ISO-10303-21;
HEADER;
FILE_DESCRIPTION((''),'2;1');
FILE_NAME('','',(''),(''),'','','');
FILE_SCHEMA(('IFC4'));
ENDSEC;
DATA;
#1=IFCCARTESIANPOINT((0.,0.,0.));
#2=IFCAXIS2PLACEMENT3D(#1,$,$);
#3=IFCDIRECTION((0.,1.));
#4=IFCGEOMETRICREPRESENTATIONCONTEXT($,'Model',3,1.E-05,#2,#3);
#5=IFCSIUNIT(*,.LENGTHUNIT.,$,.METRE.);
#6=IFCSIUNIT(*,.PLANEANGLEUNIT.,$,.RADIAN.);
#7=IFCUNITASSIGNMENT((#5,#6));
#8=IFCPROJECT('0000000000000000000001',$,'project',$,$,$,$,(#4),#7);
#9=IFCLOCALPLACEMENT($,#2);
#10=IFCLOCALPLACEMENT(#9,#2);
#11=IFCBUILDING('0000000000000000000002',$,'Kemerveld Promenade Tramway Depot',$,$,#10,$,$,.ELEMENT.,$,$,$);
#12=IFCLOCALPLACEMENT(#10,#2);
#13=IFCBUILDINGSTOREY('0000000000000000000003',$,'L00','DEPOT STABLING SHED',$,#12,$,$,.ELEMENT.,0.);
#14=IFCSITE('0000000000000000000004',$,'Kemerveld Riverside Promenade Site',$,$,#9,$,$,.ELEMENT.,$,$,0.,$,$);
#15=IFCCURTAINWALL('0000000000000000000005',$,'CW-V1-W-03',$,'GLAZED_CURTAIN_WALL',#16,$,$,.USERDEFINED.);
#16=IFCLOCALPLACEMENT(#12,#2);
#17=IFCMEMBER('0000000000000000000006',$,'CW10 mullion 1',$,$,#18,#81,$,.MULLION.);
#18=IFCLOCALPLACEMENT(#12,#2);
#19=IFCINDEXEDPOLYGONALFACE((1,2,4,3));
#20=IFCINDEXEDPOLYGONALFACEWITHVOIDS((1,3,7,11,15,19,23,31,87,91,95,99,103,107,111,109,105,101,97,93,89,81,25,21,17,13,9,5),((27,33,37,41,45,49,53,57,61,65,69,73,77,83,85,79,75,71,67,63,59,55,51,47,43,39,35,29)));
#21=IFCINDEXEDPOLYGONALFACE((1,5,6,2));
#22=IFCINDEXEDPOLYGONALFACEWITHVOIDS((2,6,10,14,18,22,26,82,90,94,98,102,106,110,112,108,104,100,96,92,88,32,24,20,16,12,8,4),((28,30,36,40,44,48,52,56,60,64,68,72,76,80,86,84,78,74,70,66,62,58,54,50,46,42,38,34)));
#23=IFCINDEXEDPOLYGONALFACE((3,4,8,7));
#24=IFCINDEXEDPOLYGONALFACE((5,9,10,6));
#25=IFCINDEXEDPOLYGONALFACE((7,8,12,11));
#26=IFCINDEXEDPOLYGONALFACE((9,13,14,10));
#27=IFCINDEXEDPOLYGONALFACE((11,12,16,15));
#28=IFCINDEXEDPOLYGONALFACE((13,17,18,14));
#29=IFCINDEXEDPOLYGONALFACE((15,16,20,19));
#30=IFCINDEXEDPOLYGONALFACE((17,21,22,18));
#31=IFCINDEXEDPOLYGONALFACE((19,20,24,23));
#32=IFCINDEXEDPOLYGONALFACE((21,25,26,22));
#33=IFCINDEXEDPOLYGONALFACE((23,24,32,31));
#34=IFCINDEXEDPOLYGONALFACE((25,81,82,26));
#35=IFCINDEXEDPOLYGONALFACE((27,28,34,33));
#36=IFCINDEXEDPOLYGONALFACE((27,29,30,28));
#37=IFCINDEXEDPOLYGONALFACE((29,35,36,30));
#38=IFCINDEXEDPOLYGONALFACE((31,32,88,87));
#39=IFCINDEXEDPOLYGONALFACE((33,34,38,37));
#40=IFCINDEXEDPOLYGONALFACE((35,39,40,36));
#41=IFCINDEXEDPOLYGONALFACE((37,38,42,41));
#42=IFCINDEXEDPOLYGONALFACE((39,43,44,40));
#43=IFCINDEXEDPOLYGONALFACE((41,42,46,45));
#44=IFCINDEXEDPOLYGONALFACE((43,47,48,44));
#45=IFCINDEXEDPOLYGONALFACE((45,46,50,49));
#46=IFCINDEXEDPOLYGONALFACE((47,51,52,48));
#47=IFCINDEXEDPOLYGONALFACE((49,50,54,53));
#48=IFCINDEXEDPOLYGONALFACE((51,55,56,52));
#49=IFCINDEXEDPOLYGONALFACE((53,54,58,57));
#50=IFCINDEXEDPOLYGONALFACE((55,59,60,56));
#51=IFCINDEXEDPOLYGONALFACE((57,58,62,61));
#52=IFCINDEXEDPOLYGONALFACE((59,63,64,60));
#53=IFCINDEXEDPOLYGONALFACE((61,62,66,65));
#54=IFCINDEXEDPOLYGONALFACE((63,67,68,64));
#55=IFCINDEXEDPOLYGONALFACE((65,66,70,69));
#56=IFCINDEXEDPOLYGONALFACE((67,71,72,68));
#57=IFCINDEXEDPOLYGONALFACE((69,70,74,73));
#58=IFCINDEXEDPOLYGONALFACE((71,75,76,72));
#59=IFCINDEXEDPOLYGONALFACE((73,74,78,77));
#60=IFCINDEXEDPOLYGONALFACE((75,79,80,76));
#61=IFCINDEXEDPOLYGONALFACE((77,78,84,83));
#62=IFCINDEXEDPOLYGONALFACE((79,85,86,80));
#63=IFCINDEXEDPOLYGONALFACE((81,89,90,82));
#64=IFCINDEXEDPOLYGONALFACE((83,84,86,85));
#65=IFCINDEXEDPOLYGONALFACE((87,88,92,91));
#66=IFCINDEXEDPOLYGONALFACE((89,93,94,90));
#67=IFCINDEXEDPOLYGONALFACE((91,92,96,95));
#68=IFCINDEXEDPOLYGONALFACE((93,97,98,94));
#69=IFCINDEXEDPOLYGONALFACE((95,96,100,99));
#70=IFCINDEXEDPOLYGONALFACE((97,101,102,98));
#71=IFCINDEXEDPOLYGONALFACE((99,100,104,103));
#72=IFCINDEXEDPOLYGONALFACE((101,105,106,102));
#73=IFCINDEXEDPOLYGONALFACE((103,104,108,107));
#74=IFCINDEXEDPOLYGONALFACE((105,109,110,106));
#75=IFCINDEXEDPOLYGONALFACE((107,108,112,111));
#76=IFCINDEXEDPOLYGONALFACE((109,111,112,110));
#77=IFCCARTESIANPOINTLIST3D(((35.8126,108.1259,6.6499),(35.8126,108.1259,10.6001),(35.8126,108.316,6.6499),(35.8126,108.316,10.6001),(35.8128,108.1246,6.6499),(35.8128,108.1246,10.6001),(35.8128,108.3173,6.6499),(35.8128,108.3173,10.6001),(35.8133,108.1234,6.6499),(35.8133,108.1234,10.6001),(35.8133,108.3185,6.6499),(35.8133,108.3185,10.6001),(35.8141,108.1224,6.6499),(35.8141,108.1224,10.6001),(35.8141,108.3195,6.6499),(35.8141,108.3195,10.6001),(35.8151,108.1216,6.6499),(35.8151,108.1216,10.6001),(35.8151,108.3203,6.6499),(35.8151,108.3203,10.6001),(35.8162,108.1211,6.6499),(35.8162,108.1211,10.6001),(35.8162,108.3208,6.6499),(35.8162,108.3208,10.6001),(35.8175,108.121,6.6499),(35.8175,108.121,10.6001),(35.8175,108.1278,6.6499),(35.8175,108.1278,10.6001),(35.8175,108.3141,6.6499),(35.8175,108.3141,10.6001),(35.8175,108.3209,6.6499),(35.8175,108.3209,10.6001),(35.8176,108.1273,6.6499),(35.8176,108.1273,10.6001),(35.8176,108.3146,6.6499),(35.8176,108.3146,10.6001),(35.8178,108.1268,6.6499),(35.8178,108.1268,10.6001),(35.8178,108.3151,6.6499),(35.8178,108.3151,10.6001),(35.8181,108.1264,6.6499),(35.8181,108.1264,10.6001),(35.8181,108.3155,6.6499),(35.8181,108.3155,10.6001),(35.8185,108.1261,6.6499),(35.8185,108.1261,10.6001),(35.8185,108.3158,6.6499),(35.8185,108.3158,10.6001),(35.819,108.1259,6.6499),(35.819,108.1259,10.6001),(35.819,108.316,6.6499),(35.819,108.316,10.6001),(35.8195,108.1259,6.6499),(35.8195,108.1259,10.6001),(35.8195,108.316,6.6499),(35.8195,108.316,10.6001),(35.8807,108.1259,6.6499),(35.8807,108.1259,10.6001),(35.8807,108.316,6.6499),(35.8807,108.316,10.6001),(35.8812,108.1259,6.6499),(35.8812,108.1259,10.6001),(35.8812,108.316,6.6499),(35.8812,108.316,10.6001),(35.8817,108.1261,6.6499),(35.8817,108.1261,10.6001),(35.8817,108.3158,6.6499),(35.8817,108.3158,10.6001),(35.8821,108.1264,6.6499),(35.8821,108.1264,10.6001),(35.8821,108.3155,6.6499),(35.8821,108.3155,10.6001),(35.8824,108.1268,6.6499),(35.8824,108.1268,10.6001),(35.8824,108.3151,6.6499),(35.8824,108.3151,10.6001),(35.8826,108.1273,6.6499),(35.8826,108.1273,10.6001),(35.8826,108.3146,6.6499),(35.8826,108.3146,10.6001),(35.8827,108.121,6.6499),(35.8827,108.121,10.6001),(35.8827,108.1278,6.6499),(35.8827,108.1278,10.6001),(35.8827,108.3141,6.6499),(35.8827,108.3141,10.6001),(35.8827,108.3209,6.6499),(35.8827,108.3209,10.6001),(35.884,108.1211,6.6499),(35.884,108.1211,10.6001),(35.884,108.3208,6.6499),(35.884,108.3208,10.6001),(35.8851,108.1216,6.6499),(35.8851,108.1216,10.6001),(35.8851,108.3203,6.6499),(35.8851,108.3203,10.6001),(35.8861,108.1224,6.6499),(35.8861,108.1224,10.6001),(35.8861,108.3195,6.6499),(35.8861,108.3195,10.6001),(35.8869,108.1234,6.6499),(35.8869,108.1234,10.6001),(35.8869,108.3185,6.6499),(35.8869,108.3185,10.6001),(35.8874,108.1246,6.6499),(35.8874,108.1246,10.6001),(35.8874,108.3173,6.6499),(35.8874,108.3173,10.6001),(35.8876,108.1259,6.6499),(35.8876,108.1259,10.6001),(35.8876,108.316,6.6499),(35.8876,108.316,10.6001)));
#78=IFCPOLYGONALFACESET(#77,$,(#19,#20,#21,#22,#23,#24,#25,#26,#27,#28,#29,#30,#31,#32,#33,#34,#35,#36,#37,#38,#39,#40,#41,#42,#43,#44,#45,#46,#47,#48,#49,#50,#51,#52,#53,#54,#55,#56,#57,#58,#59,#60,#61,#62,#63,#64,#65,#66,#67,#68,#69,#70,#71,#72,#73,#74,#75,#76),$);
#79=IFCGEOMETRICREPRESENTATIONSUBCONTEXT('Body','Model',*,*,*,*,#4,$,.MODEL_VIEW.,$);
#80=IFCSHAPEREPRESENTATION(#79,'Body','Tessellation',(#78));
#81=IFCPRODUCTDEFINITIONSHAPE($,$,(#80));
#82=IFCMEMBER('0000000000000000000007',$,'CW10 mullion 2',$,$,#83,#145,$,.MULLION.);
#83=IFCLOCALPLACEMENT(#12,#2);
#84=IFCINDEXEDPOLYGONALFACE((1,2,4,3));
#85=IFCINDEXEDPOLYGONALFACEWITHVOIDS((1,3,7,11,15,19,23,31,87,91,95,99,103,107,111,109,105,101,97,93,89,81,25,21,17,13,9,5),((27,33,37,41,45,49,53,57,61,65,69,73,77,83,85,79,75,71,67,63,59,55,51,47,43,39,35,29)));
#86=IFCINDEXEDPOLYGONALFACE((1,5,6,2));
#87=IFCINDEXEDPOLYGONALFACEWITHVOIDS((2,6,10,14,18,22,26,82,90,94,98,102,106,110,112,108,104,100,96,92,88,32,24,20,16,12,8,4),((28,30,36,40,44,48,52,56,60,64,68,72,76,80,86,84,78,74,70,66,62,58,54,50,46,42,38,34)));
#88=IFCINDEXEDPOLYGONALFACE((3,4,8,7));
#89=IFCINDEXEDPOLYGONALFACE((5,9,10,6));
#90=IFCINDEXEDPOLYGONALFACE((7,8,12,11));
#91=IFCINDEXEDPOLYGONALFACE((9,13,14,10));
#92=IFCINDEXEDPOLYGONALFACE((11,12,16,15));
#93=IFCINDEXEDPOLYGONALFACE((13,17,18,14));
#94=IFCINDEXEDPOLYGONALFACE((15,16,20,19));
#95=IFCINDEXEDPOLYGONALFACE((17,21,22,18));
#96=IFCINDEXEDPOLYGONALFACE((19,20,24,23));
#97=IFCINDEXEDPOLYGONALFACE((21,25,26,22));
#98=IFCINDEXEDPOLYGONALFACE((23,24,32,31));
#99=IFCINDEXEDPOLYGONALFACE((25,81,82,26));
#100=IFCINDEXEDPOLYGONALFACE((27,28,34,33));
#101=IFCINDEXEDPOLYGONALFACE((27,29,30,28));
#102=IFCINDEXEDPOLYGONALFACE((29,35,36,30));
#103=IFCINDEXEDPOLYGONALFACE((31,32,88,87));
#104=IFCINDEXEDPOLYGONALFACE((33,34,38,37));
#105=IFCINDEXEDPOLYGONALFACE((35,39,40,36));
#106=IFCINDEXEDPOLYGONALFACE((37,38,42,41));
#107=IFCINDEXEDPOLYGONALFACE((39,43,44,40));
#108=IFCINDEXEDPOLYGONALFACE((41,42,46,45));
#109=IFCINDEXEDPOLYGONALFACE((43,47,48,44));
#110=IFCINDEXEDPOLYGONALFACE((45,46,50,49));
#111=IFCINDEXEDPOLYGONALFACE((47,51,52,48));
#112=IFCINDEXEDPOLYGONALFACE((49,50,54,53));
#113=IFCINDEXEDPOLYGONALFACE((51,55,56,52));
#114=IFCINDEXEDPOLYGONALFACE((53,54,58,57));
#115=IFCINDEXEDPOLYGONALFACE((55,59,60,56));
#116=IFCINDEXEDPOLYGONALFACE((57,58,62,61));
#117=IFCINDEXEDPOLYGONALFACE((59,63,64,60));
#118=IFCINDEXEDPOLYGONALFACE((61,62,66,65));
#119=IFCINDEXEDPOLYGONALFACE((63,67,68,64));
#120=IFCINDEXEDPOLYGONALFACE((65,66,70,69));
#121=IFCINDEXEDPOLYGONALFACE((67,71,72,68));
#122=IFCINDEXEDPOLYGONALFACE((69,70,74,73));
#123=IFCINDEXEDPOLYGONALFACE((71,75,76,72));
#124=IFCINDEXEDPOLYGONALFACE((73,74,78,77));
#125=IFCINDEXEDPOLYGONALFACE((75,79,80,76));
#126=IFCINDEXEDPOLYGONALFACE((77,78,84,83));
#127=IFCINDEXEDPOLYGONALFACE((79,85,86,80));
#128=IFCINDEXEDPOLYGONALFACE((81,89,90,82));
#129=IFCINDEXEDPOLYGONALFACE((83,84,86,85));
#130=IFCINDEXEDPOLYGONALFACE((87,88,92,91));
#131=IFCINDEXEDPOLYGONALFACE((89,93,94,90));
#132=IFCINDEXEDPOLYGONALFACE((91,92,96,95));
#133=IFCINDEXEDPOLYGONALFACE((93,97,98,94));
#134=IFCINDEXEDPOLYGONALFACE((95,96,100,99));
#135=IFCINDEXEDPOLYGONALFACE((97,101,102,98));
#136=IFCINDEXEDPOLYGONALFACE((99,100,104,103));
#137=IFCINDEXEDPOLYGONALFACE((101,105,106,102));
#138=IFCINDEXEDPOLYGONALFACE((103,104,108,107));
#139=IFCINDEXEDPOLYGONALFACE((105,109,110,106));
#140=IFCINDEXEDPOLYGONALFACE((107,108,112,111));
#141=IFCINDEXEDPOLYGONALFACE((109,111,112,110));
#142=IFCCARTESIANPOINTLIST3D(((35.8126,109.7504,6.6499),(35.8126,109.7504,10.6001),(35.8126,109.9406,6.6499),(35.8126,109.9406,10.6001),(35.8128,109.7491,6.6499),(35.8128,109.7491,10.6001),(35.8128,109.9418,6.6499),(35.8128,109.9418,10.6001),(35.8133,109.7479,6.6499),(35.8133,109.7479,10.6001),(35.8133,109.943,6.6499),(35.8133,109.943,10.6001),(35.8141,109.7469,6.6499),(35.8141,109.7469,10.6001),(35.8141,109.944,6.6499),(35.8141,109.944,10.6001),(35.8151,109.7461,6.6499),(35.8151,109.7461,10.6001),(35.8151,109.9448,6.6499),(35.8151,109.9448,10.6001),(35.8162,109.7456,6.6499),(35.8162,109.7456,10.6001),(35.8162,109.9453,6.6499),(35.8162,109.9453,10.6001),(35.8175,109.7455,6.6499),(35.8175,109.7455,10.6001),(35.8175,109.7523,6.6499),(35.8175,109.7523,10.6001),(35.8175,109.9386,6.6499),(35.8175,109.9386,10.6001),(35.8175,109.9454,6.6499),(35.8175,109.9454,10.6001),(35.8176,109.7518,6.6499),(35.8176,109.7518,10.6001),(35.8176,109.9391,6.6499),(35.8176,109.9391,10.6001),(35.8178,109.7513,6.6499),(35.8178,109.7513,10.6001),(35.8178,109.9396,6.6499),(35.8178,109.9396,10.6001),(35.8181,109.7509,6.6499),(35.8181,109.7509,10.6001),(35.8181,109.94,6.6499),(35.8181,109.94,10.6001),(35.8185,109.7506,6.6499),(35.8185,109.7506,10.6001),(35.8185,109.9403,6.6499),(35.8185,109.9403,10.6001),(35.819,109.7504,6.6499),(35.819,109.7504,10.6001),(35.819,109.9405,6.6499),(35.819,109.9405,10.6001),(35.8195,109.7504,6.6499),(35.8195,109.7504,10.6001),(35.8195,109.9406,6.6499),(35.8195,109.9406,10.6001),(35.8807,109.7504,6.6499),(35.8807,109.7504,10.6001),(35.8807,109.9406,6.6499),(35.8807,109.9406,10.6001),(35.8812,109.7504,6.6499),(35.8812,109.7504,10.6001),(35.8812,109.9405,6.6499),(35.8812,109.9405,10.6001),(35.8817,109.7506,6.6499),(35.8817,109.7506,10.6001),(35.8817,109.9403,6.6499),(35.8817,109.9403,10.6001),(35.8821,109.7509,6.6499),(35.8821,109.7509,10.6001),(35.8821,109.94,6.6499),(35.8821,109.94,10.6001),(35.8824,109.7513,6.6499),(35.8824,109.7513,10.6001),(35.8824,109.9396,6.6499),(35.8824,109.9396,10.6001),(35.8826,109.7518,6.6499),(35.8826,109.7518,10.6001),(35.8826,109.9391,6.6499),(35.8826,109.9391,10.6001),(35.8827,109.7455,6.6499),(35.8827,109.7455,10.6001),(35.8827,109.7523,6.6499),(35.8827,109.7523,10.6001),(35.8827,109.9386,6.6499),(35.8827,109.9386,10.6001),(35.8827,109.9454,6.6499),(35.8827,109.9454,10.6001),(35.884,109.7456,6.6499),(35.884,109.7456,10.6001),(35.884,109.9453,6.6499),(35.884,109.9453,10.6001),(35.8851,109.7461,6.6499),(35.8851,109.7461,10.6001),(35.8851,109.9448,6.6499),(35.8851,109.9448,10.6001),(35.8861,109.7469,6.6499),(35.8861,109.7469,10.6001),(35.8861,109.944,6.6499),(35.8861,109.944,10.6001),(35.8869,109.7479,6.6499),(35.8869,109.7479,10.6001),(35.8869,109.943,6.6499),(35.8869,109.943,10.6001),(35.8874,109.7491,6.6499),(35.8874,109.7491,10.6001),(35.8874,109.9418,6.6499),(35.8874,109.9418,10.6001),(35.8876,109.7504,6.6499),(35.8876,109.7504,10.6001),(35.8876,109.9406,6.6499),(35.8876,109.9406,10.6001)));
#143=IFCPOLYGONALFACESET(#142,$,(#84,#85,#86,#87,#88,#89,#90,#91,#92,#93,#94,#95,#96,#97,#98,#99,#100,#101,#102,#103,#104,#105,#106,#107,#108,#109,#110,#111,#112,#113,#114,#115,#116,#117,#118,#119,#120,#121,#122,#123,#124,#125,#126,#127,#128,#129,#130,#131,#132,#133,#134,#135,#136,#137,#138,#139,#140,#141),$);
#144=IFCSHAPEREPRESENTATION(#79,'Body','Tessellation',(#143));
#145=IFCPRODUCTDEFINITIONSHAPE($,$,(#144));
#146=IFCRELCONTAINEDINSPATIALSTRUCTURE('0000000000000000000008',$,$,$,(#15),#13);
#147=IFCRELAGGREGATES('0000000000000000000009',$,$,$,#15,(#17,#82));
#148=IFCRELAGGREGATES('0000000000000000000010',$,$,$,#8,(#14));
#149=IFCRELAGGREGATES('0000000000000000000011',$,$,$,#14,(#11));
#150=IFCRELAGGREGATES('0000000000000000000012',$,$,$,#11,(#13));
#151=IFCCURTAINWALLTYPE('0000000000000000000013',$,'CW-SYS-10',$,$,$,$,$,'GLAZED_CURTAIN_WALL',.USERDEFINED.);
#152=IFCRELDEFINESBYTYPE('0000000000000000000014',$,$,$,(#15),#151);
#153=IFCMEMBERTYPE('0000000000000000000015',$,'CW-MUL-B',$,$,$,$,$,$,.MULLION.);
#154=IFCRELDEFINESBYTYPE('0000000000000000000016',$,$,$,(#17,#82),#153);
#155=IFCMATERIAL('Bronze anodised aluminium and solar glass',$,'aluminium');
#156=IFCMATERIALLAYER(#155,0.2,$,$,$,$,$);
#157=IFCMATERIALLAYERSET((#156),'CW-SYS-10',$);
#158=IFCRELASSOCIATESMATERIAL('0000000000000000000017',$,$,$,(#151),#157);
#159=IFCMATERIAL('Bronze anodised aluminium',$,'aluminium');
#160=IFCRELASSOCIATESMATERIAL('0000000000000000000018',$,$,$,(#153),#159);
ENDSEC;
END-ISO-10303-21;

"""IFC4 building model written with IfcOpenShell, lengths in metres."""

from ifc_helpers import new_model, si_unit, direction, frame, origin, origin_2d, place, context, subcontext, project, spatial, hollow_rectangle, extrude, material, layer, layer_set, material_profile, profile_set, type_object, element, aggregate, save


model = new_model("IFC4")

# Units and contexts
model_context = context("Model", 3, precision=1e-05, world=origin(), true_north=direction((0.0, 1.0)))
body_context = subcontext(model_context, "Body", "Model", "MODEL_VIEW")
ifc_project = project(units=[si_unit("LENGTHUNIT", "METRE"), si_unit("PLANEANGLEUNIT", "RADIAN")], contexts=[model_context])

# Site, building, storey
site_placement = place(None, origin())
site = spatial("IfcSite", under=ifc_project, at=site_placement, Name="Kemerveld Riverside Promenade Site", CompositionType="ELEMENT", RefElevation=0.0)
building_placement = place(site_placement, origin())
building = spatial("IfcBuilding", under=site, at=building_placement, Name="Kemerveld Promenade Tramway Depot", CompositionType="ELEMENT")
storey_placement = place(building_placement, origin())
storey = spatial("IfcBuildingStorey", under=building, at=storey_placement, Name="L00", Description="DEPOT STABLING SHED", CompositionType="ELEMENT", Elevation=0.0)

# Curtain wall, members
ifc_material_1 = material(Name="Bronze anodised aluminium and solar glass", Category="aluminium")
ifc_material_2 = material(Name="Bronze anodised aluminium", Category="aluminium")
ifc_layer_1 = layer(ifc_material_1, 0.2)
ifc_layer_set_1 = layer_set([ifc_layer_1], Name="CW-SYS-10")
curtain_wall_type_1 = type_object("IfcCurtainWallType", Name="CW-SYS-10", ElementType="GLAZED_CURTAIN_WALL", PredefinedType="USERDEFINED", material=ifc_layer_set_1)
curtain_wall_1_placement = place(storey_placement, origin())
curtain_wall_1 = element("IfcCurtainWall", 1, at=curtain_wall_1_placement, inside=storey, type_object=curtain_wall_type_1, Name="CW-V1-W-03", ObjectType="GLAZED_CURTAIN_WALL", PredefinedType="USERDEFINED")
ifc_material_profile_1 = material_profile(ifc_material_2, hollow_rectangle(XDim=0.075, YDim=0.2, WallThickness=0.0049, InnerFilletRadius=0.002, OuterFilletRadius=0.0049, at=origin_2d()), Name="CW-MUL-200x75")
ifc_profile_set_1 = profile_set([ifc_material_profile_1], Name="Bronze anodised aluminium")
member_type_1 = type_object("IfcMemberType", Name="CW-MUL-B", PredefinedType="MULLION", material=ifc_profile_set_1)
member_1_placement = place(storey_placement, frame((35.8501, 108.2209, 6.6499), z_axis=(0.0, 0.0, 1.0), x_axis=(-1.0, 0.0, 0.0)))
member_1 = element("IfcMember", 2, at=member_1_placement, type_object=member_type_1, Name="CW10 mullion 1", PredefinedType="MULLION", context=body_context, shape_type="SweptSolid", body=[
    extrude(hollow_rectangle(XDim=0.075, YDim=0.2, WallThickness=0.0049, InnerFilletRadius=0.002, OuterFilletRadius=0.0049, at=origin_2d()), origin(), (0.0, 0.0, 1.0), 3.9502),
])
member_2_placement = place(storey_placement, frame((35.8501, 109.8455, 6.6499), z_axis=(0.0, 0.0, 1.0), x_axis=(-1.0, 0.0, 0.0)))
member_2 = element("IfcMember", 3, at=member_2_placement, type_object=member_type_1, Name="CW10 mullion 2", PredefinedType="MULLION", context=body_context, shape_type="SweptSolid", body=[
    extrude(hollow_rectangle(XDim=0.075, YDim=0.2, WallThickness=0.0049, InnerFilletRadius=0.002, OuterFilletRadius=0.0049, at=origin_2d()), origin(), (0.0, 0.0, 1.0), 3.9502),
])

aggregate(curtain_wall_1, [member_1, member_2])

save(model, "model.ifc")
